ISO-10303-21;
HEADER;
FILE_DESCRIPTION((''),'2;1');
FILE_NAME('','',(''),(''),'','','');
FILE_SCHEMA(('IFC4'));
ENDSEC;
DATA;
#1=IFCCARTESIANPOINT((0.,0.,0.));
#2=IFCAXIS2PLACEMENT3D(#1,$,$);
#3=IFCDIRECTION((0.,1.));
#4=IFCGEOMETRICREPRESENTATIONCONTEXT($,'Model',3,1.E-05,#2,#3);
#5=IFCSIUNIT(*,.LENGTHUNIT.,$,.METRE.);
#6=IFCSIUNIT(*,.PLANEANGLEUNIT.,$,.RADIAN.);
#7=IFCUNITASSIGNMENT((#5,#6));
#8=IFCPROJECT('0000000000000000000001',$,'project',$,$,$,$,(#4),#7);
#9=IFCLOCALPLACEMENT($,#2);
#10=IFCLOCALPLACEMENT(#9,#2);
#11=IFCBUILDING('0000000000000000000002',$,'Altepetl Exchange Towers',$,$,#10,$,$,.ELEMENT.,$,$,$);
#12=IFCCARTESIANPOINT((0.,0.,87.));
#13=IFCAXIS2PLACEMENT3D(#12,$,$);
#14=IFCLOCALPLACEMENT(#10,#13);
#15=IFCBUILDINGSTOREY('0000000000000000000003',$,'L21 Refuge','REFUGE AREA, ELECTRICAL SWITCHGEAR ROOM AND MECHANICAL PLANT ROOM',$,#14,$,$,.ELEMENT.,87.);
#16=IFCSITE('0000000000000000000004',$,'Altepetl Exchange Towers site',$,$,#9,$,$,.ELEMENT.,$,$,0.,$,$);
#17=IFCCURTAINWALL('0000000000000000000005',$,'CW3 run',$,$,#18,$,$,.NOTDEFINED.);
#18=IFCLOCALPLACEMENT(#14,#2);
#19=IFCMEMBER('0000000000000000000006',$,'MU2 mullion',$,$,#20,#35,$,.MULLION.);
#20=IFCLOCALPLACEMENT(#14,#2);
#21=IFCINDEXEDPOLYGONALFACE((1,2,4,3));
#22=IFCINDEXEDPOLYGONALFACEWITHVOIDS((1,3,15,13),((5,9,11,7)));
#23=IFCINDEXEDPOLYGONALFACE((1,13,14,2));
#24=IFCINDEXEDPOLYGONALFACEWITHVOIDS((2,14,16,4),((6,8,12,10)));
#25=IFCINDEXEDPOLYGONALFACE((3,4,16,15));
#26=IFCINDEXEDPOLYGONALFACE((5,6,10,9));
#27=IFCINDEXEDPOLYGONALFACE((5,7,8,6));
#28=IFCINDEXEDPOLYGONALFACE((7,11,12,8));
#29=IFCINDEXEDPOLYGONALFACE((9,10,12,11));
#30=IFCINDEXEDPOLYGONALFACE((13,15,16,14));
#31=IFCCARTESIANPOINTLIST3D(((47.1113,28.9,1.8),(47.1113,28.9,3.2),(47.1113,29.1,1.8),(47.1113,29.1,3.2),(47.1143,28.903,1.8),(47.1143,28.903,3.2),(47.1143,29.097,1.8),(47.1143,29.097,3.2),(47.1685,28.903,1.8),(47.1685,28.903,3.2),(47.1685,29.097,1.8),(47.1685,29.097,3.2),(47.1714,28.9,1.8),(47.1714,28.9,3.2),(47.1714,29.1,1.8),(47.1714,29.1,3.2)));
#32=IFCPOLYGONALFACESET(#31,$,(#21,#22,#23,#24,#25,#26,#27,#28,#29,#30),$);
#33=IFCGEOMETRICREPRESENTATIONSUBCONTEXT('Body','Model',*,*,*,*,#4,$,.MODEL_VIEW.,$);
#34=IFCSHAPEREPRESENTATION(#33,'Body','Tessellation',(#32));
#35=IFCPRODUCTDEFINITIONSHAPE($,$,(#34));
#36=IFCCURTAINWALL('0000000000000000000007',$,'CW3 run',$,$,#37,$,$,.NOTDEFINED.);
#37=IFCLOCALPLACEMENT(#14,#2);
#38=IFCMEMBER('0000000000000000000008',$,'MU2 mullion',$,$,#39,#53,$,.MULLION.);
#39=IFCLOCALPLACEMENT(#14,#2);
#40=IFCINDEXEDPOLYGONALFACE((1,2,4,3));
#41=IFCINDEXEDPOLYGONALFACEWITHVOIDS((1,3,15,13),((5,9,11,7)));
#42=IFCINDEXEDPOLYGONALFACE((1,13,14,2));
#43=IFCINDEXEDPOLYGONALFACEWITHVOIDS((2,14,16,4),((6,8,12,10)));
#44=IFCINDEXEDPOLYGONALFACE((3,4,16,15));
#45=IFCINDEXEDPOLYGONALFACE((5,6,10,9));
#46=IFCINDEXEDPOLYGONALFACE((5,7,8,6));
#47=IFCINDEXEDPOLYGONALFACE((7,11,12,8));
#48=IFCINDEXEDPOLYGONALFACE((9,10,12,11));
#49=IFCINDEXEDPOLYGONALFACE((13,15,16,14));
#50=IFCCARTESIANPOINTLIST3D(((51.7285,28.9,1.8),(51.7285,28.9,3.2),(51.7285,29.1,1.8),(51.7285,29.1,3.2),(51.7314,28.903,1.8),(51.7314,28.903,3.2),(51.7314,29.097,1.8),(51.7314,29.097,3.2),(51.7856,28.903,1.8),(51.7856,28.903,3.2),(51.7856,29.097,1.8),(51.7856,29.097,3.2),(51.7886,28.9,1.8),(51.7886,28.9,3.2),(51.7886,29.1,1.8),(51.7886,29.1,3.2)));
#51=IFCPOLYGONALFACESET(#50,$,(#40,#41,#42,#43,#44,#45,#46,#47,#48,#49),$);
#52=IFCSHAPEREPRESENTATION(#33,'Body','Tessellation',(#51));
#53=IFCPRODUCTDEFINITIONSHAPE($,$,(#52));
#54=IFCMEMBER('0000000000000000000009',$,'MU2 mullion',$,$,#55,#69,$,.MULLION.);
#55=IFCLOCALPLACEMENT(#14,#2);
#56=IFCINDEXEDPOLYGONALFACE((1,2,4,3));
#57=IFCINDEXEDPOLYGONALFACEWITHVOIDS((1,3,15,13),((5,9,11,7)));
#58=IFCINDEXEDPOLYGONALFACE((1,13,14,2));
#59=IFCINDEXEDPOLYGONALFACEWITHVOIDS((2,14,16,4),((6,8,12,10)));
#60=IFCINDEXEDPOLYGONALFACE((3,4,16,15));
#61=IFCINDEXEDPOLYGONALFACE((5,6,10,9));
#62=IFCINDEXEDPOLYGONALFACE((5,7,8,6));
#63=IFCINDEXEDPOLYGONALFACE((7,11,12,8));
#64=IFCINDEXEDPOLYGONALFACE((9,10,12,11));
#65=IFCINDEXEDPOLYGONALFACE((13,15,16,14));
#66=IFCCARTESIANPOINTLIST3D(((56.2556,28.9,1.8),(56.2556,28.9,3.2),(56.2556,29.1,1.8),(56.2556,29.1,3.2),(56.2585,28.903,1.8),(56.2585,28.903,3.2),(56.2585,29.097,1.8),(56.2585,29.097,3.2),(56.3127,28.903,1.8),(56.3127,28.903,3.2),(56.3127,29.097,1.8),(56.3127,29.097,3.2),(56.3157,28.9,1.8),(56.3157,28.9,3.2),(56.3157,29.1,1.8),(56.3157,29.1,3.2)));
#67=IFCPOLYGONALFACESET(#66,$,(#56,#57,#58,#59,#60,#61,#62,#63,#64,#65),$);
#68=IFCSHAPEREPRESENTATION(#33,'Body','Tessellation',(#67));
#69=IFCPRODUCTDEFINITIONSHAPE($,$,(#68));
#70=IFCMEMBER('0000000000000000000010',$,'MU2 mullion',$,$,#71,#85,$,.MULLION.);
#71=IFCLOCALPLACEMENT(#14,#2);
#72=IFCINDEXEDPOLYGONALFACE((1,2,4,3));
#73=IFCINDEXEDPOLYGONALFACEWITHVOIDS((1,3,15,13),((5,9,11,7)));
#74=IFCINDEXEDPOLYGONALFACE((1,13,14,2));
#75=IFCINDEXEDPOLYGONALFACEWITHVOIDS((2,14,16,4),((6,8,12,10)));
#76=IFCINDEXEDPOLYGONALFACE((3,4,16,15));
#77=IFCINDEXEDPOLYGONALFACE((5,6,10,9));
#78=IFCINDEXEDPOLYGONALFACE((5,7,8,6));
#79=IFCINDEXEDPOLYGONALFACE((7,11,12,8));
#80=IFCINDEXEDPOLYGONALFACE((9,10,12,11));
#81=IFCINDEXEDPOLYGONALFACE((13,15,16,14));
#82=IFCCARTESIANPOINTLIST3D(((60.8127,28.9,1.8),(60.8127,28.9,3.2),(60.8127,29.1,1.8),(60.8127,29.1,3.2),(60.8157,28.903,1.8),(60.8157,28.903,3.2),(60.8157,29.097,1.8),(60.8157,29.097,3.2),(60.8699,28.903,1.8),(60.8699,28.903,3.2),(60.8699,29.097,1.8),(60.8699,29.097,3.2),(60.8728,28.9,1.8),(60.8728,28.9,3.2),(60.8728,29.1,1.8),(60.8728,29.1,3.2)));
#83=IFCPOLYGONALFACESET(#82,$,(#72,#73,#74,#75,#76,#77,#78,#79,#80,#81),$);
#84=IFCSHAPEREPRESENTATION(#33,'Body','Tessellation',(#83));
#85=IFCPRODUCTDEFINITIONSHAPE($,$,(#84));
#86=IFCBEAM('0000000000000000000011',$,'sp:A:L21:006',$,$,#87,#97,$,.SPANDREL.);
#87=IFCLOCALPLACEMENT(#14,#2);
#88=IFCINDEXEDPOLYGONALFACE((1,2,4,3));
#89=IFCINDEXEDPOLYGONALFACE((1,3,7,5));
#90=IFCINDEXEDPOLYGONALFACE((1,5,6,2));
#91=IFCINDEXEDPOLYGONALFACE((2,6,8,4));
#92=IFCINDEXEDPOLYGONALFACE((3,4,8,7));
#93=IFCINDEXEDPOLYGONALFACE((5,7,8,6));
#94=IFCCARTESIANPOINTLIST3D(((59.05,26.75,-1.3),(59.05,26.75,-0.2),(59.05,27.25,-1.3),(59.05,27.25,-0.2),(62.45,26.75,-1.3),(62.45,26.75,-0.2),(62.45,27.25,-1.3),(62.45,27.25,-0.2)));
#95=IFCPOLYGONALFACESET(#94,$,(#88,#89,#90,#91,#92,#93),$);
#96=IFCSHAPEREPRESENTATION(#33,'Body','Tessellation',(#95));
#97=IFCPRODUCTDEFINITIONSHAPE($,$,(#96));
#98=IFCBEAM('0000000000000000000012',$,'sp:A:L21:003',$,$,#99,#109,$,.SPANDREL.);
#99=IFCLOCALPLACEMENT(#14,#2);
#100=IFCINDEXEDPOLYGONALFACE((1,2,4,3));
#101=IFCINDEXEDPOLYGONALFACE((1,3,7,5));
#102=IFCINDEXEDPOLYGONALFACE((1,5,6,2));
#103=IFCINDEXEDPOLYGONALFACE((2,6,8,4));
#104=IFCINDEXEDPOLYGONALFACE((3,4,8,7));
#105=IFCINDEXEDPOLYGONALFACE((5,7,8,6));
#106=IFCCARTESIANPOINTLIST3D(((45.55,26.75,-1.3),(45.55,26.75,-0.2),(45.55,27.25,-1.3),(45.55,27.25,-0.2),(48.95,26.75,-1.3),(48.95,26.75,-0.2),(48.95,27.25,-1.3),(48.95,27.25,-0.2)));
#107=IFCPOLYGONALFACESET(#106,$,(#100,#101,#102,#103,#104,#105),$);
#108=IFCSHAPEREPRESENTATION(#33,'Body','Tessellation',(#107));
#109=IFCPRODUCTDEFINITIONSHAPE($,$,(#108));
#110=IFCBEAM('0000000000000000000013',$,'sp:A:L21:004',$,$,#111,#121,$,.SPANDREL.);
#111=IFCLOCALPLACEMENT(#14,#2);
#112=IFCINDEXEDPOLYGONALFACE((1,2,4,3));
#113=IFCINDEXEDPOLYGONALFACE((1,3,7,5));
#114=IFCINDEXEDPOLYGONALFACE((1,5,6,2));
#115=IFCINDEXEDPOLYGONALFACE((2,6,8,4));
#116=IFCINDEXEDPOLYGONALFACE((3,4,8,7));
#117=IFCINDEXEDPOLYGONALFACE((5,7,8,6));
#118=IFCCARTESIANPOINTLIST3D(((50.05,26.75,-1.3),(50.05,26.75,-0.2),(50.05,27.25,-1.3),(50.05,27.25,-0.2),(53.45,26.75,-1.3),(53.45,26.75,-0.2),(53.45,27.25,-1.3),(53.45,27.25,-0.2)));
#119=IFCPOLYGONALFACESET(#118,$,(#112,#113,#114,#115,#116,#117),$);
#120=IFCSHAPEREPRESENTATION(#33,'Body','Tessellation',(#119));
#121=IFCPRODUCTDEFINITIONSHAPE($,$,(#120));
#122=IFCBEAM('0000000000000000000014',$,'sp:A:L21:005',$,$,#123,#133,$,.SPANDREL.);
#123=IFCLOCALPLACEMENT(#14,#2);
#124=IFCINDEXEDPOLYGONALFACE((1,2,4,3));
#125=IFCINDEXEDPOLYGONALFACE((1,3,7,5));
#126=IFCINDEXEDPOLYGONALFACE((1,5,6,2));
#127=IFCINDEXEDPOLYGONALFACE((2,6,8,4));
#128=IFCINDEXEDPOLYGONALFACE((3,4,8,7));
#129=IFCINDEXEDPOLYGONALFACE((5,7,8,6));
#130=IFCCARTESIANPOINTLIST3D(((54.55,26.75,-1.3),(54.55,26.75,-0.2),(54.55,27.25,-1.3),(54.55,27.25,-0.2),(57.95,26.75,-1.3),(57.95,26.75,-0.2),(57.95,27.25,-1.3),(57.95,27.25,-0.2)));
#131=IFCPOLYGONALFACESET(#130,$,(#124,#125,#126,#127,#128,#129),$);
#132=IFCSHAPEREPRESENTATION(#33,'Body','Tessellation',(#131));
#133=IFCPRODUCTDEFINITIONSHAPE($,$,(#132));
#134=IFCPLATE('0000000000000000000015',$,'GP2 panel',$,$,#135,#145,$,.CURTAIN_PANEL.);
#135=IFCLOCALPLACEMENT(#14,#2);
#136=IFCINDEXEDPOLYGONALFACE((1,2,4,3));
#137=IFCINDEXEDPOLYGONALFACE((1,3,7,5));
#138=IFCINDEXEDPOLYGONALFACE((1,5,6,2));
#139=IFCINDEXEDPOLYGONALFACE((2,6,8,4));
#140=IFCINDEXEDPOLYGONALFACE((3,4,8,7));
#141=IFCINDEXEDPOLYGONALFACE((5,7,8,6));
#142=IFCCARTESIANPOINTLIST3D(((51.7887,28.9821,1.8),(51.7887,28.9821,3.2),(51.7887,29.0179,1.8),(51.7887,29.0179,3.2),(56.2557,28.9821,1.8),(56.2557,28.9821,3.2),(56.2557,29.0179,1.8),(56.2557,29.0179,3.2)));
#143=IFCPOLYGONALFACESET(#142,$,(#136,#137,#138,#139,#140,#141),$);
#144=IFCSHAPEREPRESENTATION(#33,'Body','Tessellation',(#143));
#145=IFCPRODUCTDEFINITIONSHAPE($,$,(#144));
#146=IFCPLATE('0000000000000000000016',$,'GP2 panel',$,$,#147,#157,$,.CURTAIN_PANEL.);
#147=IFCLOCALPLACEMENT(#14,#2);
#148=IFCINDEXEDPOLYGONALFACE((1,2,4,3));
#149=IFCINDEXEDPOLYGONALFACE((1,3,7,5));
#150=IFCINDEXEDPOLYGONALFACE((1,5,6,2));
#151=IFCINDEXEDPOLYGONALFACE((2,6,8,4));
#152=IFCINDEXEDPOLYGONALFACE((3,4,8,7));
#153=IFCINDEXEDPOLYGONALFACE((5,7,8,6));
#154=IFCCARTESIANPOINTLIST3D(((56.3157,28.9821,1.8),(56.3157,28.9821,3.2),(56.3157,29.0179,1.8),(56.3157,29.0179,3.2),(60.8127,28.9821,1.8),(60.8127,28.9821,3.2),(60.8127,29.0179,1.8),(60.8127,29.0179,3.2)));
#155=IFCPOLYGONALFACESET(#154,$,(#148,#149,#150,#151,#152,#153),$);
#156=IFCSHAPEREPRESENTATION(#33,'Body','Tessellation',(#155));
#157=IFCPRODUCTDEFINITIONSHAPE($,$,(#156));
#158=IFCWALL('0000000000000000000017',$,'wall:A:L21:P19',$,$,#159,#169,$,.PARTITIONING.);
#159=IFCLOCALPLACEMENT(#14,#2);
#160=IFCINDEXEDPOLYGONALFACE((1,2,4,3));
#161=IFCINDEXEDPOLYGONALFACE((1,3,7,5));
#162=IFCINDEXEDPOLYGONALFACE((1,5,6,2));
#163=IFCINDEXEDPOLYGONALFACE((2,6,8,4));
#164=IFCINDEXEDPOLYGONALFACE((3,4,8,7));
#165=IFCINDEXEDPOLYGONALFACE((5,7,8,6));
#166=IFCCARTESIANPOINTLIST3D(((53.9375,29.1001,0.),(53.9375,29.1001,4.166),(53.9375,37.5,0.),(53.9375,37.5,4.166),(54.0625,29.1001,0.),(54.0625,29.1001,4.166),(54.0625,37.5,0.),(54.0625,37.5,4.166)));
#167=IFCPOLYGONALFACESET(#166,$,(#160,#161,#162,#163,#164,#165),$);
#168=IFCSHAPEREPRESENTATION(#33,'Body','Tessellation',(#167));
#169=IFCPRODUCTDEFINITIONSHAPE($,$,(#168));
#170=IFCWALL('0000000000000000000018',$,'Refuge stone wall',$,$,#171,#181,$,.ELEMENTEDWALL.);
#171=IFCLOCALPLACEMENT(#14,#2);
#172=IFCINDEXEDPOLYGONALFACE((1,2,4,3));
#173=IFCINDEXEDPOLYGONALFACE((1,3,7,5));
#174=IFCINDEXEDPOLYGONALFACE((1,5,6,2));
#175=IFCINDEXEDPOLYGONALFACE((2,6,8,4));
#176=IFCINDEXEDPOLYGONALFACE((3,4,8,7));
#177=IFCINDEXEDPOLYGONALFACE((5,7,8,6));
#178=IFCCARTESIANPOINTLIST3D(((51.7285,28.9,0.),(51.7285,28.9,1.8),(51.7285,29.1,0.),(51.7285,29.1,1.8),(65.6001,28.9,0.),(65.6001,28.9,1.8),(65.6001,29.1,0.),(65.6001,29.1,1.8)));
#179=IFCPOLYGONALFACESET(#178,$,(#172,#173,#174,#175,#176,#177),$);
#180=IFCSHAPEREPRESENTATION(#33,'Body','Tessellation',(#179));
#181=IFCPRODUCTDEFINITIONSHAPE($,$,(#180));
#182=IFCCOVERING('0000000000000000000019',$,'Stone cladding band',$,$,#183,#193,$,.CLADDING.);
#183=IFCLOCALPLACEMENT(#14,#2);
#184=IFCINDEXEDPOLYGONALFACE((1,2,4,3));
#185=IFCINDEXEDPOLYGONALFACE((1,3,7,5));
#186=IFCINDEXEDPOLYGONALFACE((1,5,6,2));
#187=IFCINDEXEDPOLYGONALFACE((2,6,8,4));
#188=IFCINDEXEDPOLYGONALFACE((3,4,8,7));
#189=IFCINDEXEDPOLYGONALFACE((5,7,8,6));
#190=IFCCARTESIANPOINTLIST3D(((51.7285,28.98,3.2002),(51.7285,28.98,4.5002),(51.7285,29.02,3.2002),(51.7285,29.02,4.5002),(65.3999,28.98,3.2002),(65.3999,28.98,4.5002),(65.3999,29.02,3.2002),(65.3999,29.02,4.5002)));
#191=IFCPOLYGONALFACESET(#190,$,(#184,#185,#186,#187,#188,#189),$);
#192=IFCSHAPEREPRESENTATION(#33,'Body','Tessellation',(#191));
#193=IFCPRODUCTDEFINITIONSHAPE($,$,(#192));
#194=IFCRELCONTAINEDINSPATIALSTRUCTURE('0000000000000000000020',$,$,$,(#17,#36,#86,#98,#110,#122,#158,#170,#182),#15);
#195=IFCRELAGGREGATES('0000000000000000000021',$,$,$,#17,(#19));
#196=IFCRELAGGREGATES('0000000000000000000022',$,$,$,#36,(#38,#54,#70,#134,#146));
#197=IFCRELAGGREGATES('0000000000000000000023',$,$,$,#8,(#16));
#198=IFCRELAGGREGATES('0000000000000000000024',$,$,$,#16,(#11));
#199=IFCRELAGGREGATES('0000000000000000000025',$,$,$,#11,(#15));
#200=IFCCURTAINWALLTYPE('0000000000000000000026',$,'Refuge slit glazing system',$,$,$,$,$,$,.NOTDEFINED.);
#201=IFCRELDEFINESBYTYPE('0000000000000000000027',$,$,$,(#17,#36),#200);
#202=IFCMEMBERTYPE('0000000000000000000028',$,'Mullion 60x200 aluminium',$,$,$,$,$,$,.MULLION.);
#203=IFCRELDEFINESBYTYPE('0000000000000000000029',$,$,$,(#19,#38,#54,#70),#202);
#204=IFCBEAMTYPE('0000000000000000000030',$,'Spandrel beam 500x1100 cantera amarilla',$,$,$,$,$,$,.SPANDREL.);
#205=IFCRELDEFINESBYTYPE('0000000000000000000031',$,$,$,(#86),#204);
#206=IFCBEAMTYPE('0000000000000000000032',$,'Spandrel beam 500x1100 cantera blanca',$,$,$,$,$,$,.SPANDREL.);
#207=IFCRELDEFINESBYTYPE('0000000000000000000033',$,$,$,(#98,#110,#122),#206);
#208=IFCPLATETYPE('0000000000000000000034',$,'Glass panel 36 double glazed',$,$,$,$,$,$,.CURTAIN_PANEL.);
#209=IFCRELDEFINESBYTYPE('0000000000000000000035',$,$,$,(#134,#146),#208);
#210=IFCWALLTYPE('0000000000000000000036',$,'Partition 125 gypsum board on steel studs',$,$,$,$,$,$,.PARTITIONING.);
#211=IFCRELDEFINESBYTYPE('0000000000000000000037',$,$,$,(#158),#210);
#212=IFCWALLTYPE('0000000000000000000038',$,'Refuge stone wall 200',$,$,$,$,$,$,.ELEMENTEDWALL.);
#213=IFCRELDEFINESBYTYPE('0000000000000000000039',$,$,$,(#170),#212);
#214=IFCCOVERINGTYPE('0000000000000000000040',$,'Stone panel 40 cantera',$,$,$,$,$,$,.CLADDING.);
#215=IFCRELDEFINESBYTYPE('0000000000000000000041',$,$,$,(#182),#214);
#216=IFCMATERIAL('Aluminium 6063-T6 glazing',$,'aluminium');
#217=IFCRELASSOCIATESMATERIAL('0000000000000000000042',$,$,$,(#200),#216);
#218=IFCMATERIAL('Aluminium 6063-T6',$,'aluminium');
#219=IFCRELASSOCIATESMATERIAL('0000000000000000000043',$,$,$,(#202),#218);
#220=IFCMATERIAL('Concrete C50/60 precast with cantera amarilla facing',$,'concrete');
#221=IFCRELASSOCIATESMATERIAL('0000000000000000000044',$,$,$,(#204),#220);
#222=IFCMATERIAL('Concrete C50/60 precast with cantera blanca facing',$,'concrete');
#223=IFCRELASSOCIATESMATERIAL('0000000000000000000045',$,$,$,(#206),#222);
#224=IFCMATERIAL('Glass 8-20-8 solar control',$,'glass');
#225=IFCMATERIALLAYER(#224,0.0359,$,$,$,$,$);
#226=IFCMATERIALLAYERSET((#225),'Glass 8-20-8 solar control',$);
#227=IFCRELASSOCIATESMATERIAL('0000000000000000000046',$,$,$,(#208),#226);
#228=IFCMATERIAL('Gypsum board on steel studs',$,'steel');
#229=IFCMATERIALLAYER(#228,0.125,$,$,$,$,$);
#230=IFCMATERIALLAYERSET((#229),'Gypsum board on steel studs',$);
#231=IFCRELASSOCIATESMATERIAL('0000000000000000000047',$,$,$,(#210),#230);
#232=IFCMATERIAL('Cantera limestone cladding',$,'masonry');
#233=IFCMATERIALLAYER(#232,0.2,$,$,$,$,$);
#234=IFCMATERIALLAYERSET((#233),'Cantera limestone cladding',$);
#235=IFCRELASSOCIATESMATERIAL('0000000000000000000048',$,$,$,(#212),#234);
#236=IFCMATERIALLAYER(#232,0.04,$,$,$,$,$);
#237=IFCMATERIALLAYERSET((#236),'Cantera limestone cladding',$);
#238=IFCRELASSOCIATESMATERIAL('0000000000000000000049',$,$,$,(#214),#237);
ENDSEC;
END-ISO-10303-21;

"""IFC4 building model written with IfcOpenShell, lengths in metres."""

from ifc_helpers import new_model, si_unit, direction, frame, frame_2d, origin, origin_2d, place, context, subcontext, project, spatial, rectangle, hollow_rectangle, extrude, material, layer, layer_set, material_profile, profile_set, type_object, element, aggregate, save


model = new_model("IFC4")

# Units and contexts
model_context = context("Model", 3, precision=1e-05, world=origin(), true_north=direction((0.0, 1.0)))
body_context = subcontext(model_context, "Body", "Model", "MODEL_VIEW")
ifc_project = project(units=[si_unit("LENGTHUNIT", "METRE"), si_unit("PLANEANGLEUNIT", "RADIAN")], contexts=[model_context])

# Site, building, storey
site_placement = place(None, origin())
site = spatial("IfcSite", under=ifc_project, at=site_placement, Name="Altepetl Exchange Towers site", CompositionType="ELEMENT", RefElevation=0.0)
building_placement = place(site_placement, origin())
building = spatial("IfcBuilding", under=site, at=building_placement, Name="Altepetl Exchange Towers", CompositionType="ELEMENT")
storey_placement = place(building_placement, frame((0.0, 0.0, 87.0)))
storey = spatial("IfcBuildingStorey", under=building, at=storey_placement, Name="L21 Refuge", Description="REFUGE AREA, ELECTRICAL SWITCHGEAR ROOM AND MECHANICAL PLANT ROOM", CompositionType="ELEMENT", Elevation=87.0)

# Curtain wall, member
ifc_material_1 = material(Name="Aluminium 6063-T6 glazing", Category="aluminium")
curtain_wall_type = type_object("IfcCurtainWallType", Name="Refuge slit glazing system", PredefinedType="NOTDEFINED", material=ifc_material_1)
curtain_wall_1_placement = place(storey_placement, origin())
curtain_wall_1 = element("IfcCurtainWall", 1, at=curtain_wall_1_placement, inside=storey, type_object=curtain_wall_type, Name="CW3 run", PredefinedType="NOTDEFINED")
ifc_material_2 = material(Name="Aluminium 6063-T6", Category="aluminium")
ifc_material_profile_1 = material_profile(ifc_material_2, hollow_rectangle(XDim=0.0601, YDim=0.2, WallThickness=0.0029, at=origin_2d()), Name="Mullion 60x200 aluminium")
ifc_profile_set_1 = profile_set([ifc_material_profile_1], Name="Aluminium 6063-T6")
member_type_1 = type_object("IfcMemberType", Name="Mullion 60x200 aluminium", PredefinedType="MULLION", material=ifc_profile_set_1)
member_1_placement = place(storey_placement, frame((47.1414, 29.0, 1.8)))
member_1 = element("IfcMember", 2, at=member_1_placement, type_object=member_type_1, Name="MU2 mullion", PredefinedType="MULLION", context=body_context, shape_type="SweptSolid", body=[
    extrude(hollow_rectangle(XDim=0.0601, YDim=0.2, WallThickness=0.0029, at=origin_2d()), origin(), (0.0, 0.0, 1.0), 1.3999),
])
aggregate(curtain_wall_1, [member_1])

# Curtain wall, members
curtain_wall_2_placement = place(storey_placement, origin())
curtain_wall_2 = element("IfcCurtainWall", 3, at=curtain_wall_2_placement, inside=storey, type_object=curtain_wall_type, Name="CW3 run", PredefinedType="NOTDEFINED")
member_2_placement = place(storey_placement, frame((51.7585, 29.0, 1.8)))
member_2 = element("IfcMember", 4, at=member_2_placement, type_object=member_type_1, Name="MU2 mullion", PredefinedType="MULLION", context=body_context, shape_type="SweptSolid", body=[
    extrude(hollow_rectangle(XDim=0.0601, YDim=0.2, WallThickness=0.0029, at=origin_2d()), origin(), (0.0, 0.0, 1.0), 1.3999),
])
member_3_placement = place(storey_placement, frame((56.2856, 29.0, 1.8)))
member_3 = element("IfcMember", 5, at=member_3_placement, type_object=member_type_1, Name="MU2 mullion", PredefinedType="MULLION", context=body_context, shape_type="SweptSolid", body=[
    extrude(hollow_rectangle(XDim=0.0601, YDim=0.2, WallThickness=0.0029, at=origin_2d()), origin(), (0.0, 0.0, 1.0), 1.3999),
])
member_4_placement = place(storey_placement, frame((60.8428, 29.0, 1.8)))
member_4 = element("IfcMember", 6, at=member_4_placement, type_object=member_type_1, Name="MU2 mullion", PredefinedType="MULLION", context=body_context, shape_type="SweptSolid", body=[
    extrude(hollow_rectangle(XDim=0.0601, YDim=0.2, WallThickness=0.0029, at=origin_2d()), origin(), (0.0, 0.0, 1.0), 1.3999),
])

# Beams
ifc_material_3 = material(Name="Concrete C50/60 precast with cantera amarilla facing", Category="concrete")
ifc_material_profile_2 = material_profile(ifc_material_3, rectangle(XDim=0.5, YDim=1.1001, at=origin_2d()), Name="500 x 1100")
ifc_profile_set_2 = profile_set([ifc_material_profile_2], Name="Concrete C50/60 precast with cantera amarilla facing")
beam_type_1 = type_object("IfcBeamType", Name="Spandrel beam 500x1100 cantera amarilla", PredefinedType="SPANDREL", material=ifc_profile_set_2)
beam_1_placement = place(storey_placement, frame((59.05, 27.0, -0.75), z_axis=(1.0, 0.0, 0.0), x_axis=(0.0, 1.0, 0.0)))
element("IfcBeam", 7, at=beam_1_placement, inside=storey, type_object=beam_type_1, Name="sp:A:L21:006", PredefinedType="SPANDREL", context=body_context, shape_type="SweptSolid", body=[
    extrude(rectangle(XDim=0.5, YDim=1.1001, at=origin_2d()), origin(), (0.0, 0.0, 1.0), 3.3999),
])
ifc_material_4 = material(Name="Concrete C50/60 precast with cantera blanca facing", Category="concrete")
ifc_material_profile_3 = material_profile(ifc_material_4, rectangle(XDim=0.5, YDim=1.1001, at=origin_2d()), Name="500 x 1100")
ifc_profile_set_3 = profile_set([ifc_material_profile_3], Name="Concrete C50/60 precast with cantera blanca facing")
beam_type_2 = type_object("IfcBeamType", Name="Spandrel beam 500x1100 cantera blanca", PredefinedType="SPANDREL", material=ifc_profile_set_3)
for number, where, z_axis, x_axis, name in (
    (8, (45.55, 27.0, -0.75), (1.0, 0.0, 0.0), (0.0, 1.0, 0.0), "sp:A:L21:003"),
    (9, (50.05, 27.0, -0.75), (1.0, 0.0, 0.0), (0.0, 1.0, 0.0), "sp:A:L21:004"),
    (10, (54.55, 27.0, -0.75), (1.0, 0.0, 0.0), (0.0, 1.0, 0.0), "sp:A:L21:005"),
):
    element("IfcBeam", number, at=place(storey_placement, frame(where, z_axis=z_axis, x_axis=x_axis)), inside=storey, type_object=beam_type_2, Name=name, PredefinedType="SPANDREL", context=body_context, shape_type="SweptSolid", body=[
        extrude(rectangle(XDim=0.5, YDim=1.1001, at=origin_2d()), origin(), (0.0, 0.0, 1.0), 3.3999),
    ])

# Plates
ifc_material_5 = material(Name="Glass 8-20-8 solar control", Category="glass")
ifc_layer_1 = layer(ifc_material_5, 0.0359)
ifc_layer_set_1 = layer_set([ifc_layer_1], Name="Glass 8-20-8 solar control")
plate_type = type_object("IfcPlateType", Name="Glass panel 36 double glazed", PredefinedType="CURTAIN_PANEL", material=ifc_layer_set_1)
plate_1_placement = place(storey_placement, frame((54.0222, 29.0, 1.8)))
plate_1 = element("IfcPlate", 11, at=plate_1_placement, type_object=plate_type, Name="GP2 panel", PredefinedType="CURTAIN_PANEL", context=body_context, shape_type="SweptSolid", body=[
    extrude(rectangle(XDim=4.467, YDim=0.0359, at=origin_2d()), origin(), (0.0, 0.0, 1.0), 1.3999),
])
plate_2_placement = place(storey_placement, frame((58.5642, 29.0, 1.8)))
plate_2 = element("IfcPlate", 12, at=plate_2_placement, type_object=plate_type, Name="GP2 panel", PredefinedType="CURTAIN_PANEL", context=body_context, shape_type="SweptSolid", body=[
    extrude(rectangle(XDim=4.4971, YDim=0.0359, at=origin_2d()), origin(), (0.0, 0.0, 1.0), 1.3999),
])
aggregate(curtain_wall_2, [member_2, member_3, member_4, plate_1, plate_2])

# Walls
ifc_material_6 = material(Name="Gypsum board on steel studs", Category="steel")
ifc_layer_2 = layer(ifc_material_6, 0.125)
ifc_layer_set_2 = layer_set([ifc_layer_2], Name="Gypsum board on steel studs")
wall_type_1 = type_object("IfcWallType", Name="Partition 125 gypsum board on steel studs", PredefinedType="PARTITIONING", material=ifc_layer_set_2)
wall_1_placement = place(storey_placement, frame((54.0, 29.1001, 0.0), z_axis=(0.0, 0.0, 1.0), x_axis=(0.0, 1.0, 0.0)))
element("IfcWall", 13, at=wall_1_placement, inside=storey, type_object=wall_type_1, Name="wall:A:L21:P19", PredefinedType="PARTITIONING", context=body_context, shape_type="SweptSolid", body=[
    extrude(rectangle(XDim=8.3999, YDim=0.125, at=frame_2d((4.2, 0.0))), origin(), (0.0, 0.0, 1.0), 4.166),
])
ifc_material_7 = material(Name="Cantera limestone cladding", Category="masonry")
ifc_layer_3 = layer(ifc_material_7, 0.2)
ifc_layer_set_3 = layer_set([ifc_layer_3], Name="Cantera limestone cladding")
wall_type_2 = type_object("IfcWallType", Name="Refuge stone wall 200", PredefinedType="ELEMENTEDWALL", material=ifc_layer_set_3)
wall_2_placement = place(storey_placement, frame((51.7285, 29.0, 0.0)))
element("IfcWall", 14, at=wall_2_placement, inside=storey, type_object=wall_type_2, Name="Refuge stone wall", PredefinedType="ELEMENTEDWALL", context=body_context, shape_type="SweptSolid", body=[
    extrude(rectangle(XDim=13.8716, YDim=0.2, at=frame_2d((6.9358, 0.0))), origin(), (0.0, 0.0, 1.0), 1.8),
])

# Covering
ifc_layer_4 = layer(ifc_material_7, 0.04)
ifc_layer_set_4 = layer_set([ifc_layer_4], Name="Cantera limestone cladding")
covering_type = type_object("IfcCoveringType", Name="Stone panel 40 cantera", PredefinedType="CLADDING", material=ifc_layer_set_4)
covering_placement = place(storey_placement, frame((58.5642, 29.0, 3.2002)))
element("IfcCovering", 15, at=covering_placement, inside=storey, type_object=covering_type, Name="Stone cladding band", PredefinedType="CLADDING", context=body_context, shape_type="SweptSolid", body=[
    extrude(rectangle(XDim=13.6714, YDim=0.04, at=origin_2d()), origin(), (0.0, 0.0, 1.0), 1.3),
])

save(model, "model.ifc")
